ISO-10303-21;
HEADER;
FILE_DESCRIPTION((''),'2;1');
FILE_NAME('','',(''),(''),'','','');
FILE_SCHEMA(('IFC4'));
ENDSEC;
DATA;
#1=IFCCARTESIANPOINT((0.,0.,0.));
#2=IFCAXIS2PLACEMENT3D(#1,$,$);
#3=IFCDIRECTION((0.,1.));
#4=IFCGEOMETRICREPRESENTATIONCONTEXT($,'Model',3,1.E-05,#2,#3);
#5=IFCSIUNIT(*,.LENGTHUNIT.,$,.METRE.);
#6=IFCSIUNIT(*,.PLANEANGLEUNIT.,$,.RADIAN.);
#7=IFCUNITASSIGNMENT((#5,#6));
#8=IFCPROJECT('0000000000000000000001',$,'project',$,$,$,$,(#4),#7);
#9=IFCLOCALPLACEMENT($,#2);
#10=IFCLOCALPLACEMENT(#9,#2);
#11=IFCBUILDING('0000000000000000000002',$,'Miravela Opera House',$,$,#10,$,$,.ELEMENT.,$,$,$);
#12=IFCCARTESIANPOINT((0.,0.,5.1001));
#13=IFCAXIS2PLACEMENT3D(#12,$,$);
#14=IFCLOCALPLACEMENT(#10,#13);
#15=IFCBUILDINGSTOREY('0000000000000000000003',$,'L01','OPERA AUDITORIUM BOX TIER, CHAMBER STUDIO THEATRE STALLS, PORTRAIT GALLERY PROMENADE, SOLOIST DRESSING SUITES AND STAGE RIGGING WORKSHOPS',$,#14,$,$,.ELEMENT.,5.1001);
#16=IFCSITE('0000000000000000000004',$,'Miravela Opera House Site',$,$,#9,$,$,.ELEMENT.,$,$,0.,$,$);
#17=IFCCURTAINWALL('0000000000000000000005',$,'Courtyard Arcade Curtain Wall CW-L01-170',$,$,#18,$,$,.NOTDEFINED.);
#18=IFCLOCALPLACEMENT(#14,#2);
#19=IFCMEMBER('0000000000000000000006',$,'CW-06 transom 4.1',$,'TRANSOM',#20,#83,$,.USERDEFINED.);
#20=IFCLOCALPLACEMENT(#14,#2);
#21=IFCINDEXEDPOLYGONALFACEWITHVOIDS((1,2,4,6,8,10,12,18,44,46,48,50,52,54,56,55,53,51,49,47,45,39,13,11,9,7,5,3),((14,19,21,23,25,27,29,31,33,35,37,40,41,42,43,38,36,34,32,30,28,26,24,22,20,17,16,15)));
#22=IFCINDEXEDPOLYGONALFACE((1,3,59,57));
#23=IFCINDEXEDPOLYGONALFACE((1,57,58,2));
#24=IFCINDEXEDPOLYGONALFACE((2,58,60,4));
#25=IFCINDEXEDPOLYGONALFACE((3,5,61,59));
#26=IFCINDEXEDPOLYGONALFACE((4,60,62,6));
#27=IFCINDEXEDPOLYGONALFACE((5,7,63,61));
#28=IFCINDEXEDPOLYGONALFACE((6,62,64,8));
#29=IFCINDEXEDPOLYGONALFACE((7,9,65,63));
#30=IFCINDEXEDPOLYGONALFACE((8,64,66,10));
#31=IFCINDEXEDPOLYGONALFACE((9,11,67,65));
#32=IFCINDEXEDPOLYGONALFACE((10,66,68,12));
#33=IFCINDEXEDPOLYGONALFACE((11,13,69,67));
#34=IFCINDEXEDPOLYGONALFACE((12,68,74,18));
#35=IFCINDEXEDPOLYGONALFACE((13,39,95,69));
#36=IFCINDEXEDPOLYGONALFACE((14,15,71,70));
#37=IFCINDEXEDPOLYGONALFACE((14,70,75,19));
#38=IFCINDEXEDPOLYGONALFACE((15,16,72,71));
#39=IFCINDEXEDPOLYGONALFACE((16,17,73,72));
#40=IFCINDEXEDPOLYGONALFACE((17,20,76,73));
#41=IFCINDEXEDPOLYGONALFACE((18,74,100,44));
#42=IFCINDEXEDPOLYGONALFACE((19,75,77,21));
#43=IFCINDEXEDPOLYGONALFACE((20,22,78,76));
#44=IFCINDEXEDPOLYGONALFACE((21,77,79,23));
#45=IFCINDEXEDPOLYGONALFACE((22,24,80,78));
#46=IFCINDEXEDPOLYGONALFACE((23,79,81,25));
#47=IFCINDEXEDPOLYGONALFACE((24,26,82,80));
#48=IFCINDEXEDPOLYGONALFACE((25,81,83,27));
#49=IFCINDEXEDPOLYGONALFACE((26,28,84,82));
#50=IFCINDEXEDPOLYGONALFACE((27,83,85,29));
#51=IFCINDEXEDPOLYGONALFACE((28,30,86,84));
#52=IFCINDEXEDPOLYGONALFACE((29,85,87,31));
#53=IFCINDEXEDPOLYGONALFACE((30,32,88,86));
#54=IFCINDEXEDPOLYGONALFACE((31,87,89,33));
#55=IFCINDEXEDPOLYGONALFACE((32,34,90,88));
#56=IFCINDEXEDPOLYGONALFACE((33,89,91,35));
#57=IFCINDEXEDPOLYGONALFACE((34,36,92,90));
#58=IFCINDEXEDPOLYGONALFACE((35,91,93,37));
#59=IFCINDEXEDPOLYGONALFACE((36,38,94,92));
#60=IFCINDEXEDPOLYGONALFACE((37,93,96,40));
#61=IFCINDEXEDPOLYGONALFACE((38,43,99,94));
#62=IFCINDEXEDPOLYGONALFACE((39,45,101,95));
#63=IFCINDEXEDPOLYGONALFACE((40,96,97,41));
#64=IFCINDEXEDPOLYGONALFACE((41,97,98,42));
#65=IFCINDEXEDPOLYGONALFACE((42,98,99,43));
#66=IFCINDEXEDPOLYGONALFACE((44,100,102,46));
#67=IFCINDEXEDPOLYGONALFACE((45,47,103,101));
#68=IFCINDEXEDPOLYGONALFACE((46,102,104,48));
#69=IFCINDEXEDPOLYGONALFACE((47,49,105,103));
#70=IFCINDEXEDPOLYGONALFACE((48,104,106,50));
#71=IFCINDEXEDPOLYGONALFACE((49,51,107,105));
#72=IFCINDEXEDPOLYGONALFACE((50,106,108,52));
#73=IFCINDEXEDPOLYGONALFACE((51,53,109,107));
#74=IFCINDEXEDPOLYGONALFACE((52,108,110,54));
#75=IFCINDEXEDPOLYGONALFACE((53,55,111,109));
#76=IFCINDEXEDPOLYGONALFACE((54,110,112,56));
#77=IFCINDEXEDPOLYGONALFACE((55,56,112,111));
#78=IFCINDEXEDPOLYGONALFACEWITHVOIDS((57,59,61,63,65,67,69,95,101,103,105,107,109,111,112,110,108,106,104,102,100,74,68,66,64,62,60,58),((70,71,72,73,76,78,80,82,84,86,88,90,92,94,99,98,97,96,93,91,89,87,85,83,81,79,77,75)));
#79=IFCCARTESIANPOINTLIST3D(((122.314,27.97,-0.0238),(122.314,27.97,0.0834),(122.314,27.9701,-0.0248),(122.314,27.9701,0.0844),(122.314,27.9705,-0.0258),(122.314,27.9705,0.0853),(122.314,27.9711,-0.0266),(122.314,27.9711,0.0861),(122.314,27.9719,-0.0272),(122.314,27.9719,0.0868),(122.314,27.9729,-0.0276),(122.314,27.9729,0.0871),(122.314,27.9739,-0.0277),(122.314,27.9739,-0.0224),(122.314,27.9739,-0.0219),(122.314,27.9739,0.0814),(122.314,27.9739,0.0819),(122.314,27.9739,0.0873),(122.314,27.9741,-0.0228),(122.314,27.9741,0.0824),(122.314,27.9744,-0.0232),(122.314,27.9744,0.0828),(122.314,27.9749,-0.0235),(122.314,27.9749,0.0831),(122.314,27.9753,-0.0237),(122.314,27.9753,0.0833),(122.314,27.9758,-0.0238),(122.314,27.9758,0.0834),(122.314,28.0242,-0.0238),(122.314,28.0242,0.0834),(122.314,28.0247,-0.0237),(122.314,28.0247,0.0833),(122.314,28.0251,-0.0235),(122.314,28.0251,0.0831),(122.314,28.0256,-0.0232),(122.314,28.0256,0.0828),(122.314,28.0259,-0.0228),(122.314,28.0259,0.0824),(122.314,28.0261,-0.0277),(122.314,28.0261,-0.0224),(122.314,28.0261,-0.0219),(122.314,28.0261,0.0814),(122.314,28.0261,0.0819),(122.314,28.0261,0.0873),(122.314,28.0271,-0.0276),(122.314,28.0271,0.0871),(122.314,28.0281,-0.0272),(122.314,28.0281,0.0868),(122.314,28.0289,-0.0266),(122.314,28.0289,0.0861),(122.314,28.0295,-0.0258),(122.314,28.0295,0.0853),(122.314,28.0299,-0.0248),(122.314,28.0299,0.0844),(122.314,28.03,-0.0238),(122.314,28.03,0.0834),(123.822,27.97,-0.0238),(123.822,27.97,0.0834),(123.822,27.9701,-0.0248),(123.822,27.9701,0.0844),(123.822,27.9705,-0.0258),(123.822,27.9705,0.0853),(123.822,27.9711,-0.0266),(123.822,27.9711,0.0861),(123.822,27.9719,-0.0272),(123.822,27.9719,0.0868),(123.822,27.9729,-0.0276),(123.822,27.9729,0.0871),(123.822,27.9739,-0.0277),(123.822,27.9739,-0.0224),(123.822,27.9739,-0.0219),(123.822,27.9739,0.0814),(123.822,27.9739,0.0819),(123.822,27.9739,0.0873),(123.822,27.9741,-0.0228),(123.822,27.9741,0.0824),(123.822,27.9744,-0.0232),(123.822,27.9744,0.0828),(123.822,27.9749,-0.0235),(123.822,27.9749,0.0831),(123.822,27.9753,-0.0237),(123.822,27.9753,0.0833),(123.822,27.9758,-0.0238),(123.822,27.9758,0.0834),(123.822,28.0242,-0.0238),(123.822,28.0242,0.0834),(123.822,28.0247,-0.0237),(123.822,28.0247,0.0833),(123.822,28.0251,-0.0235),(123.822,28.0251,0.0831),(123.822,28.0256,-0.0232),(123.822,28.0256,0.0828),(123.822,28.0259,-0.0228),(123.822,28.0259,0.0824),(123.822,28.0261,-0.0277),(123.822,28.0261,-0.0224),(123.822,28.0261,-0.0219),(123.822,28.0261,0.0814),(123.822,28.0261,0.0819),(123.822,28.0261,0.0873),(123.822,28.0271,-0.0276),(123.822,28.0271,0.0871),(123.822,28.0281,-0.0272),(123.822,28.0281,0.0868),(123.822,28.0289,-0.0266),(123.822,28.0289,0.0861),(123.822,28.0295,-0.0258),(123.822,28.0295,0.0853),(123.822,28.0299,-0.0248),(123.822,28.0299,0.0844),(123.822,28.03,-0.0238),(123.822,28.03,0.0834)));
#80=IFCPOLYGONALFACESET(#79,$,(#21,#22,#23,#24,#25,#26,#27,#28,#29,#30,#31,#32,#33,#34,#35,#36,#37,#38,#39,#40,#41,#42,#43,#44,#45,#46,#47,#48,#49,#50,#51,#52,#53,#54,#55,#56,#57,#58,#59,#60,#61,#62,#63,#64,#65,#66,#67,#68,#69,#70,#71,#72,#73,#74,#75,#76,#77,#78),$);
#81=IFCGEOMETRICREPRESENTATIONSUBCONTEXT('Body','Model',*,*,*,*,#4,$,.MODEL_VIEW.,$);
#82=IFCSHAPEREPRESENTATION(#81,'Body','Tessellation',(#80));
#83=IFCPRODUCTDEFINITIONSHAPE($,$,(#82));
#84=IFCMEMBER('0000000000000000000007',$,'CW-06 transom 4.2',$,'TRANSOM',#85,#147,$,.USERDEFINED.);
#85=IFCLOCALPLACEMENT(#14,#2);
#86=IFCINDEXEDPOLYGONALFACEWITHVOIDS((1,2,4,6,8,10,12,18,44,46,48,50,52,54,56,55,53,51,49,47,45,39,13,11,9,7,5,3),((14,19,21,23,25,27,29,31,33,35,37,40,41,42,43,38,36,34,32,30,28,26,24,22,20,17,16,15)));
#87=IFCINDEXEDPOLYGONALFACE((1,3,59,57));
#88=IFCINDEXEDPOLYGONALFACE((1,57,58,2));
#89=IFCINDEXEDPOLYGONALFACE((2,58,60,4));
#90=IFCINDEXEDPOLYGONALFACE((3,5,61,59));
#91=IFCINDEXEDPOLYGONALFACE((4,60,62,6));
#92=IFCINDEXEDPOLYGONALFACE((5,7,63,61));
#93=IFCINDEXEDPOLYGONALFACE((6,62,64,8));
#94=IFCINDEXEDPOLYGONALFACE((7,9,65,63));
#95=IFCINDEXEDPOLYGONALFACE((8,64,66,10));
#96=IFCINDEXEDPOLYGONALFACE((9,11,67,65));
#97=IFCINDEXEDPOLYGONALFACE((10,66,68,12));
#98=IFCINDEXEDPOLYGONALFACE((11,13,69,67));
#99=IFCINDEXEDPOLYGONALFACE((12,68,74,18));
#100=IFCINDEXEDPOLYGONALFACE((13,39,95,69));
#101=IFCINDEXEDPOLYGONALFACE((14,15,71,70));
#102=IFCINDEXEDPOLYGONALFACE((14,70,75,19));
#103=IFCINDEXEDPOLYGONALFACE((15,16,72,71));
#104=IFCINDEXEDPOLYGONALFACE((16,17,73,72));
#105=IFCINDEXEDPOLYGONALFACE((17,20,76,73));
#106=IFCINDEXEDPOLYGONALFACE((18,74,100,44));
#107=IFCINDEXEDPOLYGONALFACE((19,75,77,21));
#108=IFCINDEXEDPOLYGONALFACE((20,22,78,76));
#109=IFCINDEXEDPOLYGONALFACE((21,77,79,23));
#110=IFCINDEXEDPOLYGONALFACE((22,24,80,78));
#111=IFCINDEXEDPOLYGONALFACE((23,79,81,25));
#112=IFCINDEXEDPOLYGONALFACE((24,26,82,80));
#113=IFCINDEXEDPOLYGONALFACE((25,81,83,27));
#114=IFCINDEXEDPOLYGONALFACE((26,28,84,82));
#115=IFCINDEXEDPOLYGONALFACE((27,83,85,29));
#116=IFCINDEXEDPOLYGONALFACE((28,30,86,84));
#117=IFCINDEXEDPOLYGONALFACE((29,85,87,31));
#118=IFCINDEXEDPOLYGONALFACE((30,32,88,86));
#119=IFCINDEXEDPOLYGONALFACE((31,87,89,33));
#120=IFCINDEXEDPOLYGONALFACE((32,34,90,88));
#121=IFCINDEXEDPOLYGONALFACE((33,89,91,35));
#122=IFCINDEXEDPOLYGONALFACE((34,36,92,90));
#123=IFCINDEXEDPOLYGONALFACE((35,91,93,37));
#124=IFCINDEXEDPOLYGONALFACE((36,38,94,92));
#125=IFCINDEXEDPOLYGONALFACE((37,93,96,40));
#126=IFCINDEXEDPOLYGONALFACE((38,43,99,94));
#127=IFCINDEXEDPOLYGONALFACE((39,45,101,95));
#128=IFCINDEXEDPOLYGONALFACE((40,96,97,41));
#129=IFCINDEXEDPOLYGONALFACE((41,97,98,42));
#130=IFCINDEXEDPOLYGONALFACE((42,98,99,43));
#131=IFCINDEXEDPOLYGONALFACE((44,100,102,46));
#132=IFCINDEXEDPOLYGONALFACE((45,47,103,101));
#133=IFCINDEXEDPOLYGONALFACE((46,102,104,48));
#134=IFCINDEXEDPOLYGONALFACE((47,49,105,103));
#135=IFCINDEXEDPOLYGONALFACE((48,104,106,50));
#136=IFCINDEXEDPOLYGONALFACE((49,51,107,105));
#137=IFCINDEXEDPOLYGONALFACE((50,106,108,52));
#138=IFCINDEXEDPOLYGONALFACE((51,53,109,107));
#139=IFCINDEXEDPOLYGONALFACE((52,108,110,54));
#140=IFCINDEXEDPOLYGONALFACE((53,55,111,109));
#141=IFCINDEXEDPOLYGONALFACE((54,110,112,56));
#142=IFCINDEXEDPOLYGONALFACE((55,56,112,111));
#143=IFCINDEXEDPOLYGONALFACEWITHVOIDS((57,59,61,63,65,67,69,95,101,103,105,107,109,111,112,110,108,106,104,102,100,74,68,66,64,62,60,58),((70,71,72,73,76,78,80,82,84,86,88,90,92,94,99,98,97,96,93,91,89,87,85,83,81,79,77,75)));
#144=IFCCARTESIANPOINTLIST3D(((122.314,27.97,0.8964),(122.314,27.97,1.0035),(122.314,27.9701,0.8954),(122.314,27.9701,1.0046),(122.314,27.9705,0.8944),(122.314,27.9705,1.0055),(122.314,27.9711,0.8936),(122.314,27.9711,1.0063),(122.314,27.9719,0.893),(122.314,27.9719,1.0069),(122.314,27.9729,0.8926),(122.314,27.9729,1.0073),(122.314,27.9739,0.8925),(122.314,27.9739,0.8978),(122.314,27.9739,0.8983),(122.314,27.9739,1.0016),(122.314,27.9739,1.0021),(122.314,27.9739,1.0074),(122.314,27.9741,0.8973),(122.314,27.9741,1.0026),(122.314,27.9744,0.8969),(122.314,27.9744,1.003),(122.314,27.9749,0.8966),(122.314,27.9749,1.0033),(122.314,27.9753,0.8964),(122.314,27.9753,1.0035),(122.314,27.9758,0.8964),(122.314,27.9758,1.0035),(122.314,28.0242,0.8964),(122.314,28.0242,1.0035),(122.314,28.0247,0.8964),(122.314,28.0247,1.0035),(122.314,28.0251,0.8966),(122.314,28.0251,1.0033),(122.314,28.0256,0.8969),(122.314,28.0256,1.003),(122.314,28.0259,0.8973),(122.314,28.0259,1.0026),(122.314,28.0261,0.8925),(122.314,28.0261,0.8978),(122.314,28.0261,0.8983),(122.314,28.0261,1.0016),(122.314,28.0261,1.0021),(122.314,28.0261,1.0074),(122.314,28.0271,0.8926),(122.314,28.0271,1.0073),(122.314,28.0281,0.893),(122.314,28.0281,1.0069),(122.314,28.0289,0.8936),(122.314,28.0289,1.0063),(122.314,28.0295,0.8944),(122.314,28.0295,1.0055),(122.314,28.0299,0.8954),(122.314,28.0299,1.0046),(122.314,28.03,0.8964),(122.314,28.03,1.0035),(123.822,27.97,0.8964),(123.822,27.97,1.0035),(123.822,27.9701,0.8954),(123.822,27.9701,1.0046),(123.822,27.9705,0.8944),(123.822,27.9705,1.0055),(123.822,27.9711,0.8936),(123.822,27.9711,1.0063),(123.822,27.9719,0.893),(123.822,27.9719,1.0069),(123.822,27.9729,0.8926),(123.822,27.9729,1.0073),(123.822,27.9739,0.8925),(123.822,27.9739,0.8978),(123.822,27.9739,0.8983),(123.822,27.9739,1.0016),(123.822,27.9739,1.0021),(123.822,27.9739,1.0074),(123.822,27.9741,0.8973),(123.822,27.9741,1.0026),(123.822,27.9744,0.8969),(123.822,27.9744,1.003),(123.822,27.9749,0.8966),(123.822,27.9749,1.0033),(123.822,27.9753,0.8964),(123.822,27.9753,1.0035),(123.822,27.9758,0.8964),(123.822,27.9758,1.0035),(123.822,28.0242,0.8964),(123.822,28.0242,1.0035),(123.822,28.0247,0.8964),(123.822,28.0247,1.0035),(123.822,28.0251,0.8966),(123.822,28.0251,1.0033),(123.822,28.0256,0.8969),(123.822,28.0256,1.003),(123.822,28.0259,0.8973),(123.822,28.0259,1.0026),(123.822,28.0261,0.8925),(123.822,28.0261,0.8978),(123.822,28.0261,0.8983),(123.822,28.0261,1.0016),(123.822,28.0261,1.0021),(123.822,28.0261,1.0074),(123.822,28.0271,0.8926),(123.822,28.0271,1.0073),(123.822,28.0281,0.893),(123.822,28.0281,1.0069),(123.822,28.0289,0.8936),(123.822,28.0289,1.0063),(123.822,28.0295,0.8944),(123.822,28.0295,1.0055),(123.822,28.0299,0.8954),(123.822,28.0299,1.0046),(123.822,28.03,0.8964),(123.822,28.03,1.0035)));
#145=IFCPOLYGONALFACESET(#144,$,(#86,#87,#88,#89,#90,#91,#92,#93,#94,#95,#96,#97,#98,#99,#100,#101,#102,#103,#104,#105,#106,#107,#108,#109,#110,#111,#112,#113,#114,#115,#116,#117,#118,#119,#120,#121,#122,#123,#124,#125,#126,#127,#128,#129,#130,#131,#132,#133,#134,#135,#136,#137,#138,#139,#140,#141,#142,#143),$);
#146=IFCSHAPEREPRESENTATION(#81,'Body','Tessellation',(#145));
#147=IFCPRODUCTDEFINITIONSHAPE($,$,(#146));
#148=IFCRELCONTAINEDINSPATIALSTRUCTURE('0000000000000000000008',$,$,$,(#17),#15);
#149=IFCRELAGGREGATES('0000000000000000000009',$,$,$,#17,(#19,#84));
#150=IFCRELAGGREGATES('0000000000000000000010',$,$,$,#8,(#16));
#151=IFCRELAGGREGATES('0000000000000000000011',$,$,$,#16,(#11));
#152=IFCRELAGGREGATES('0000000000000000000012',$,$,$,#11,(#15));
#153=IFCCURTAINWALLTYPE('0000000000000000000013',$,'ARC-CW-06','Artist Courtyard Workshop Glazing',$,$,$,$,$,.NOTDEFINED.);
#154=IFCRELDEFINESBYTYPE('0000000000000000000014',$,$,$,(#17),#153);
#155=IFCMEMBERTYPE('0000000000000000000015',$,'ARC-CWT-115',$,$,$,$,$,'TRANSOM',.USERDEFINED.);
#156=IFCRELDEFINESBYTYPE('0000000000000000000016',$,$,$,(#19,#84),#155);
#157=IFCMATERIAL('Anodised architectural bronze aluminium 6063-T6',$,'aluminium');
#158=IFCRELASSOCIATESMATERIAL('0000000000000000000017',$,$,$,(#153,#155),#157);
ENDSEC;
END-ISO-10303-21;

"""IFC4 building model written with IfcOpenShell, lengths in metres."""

from ifc_helpers import new_model, si_unit, direction, frame, origin, origin_2d, place, context, subcontext, project, spatial, hollow_rectangle, extrude, material, material_profile, profile_set, type_object, element, aggregate, save


model = new_model("IFC4")

# Units and contexts
model_context = context("Model", 3, precision=1e-05, world=origin(), true_north=direction((0.0, 1.0)))
body_context = subcontext(model_context, "Body", "Model", "MODEL_VIEW")
ifc_project = project(units=[si_unit("LENGTHUNIT", "METRE"), si_unit("PLANEANGLEUNIT", "RADIAN")], contexts=[model_context])

# Site, building, storey
site_placement = place(None, origin())
site = spatial("IfcSite", under=ifc_project, at=site_placement, Name="Miravela Opera House Site", CompositionType="ELEMENT", RefElevation=0.0)
building_placement = place(site_placement, origin())
building = spatial("IfcBuilding", under=site, at=building_placement, Name="Miravela Opera House", CompositionType="ELEMENT")
storey_placement = place(building_placement, frame((0.0, 0.0, 5.1001)))
storey = spatial("IfcBuildingStorey", under=building, at=storey_placement, Name="L01", Description="OPERA AUDITORIUM BOX TIER, CHAMBER STUDIO THEATRE STALLS, PORTRAIT GALLERY PROMENADE, SOLOIST DRESSING SUITES AND STAGE RIGGING WORKSHOPS", CompositionType="ELEMENT", Elevation=5.1001)

# Curtain wall, members
ifc_material_1 = material(Name="Anodised architectural bronze aluminium 6063-T6", Category="aluminium")
curtain_wall_type = type_object("IfcCurtainWallType", Name="ARC-CW-06", Description="Artist Courtyard Workshop Glazing", PredefinedType="NOTDEFINED", material=ifc_material_1)
curtain_wall_placement = place(storey_placement, origin())
curtain_wall = element("IfcCurtainWall", 1, at=curtain_wall_placement, inside=storey, type_object=curtain_wall_type, Name="Courtyard Arcade Curtain Wall CW-L01-170", PredefinedType="NOTDEFINED")
ifc_material_profile_1 = material_profile(ifc_material_1, hollow_rectangle(XDim=0.0601, YDim=0.115, WallThickness=0.0039, InnerFilletRadius=0.002, OuterFilletRadius=0.0039, at=origin_2d()), Name="CWT-60X115")
ifc_profile_set_1 = profile_set([ifc_material_profile_1])
member_type_1 = type_object("IfcMemberType", Name="ARC-CWT-115", ElementType="TRANSOM", PredefinedType="USERDEFINED", material=ifc_profile_set_1)
member_1_placement = place(storey_placement, frame((122.314, 28.0, 0.0298), z_axis=(1.0, 0.0, 0.0), x_axis=(0.0, 1.0, 0.0)))
member_1 = element("IfcMember", 2, at=member_1_placement, type_object=member_type_1, Name="CW-06 transom 4.1", ObjectType="TRANSOM", PredefinedType="USERDEFINED", context=body_context, shape_type="SweptSolid", body=[
    extrude(hollow_rectangle(XDim=0.0601, YDim=0.115, WallThickness=0.0039, InnerFilletRadius=0.002, OuterFilletRadius=0.0039, at=origin_2d()), origin(), (0.0, 0.0, 1.0), 1.5081),
])
member_2_placement = place(storey_placement, frame((122.314, 28.0, 0.95), z_axis=(1.0, 0.0, 0.0), x_axis=(0.0, 1.0, 0.0)))
member_2 = element("IfcMember", 3, at=member_2_placement, type_object=member_type_1, Name="CW-06 transom 4.2", ObjectType="TRANSOM", PredefinedType="USERDEFINED", context=body_context, shape_type="SweptSolid", body=[
    extrude(hollow_rectangle(XDim=0.0601, YDim=0.115, WallThickness=0.0039, InnerFilletRadius=0.002, OuterFilletRadius=0.0039, at=origin_2d()), origin(), (0.0, 0.0, 1.0), 1.5081),
])
aggregate(curtain_wall, [member_1, member_2])

save(model, "model.ifc")
